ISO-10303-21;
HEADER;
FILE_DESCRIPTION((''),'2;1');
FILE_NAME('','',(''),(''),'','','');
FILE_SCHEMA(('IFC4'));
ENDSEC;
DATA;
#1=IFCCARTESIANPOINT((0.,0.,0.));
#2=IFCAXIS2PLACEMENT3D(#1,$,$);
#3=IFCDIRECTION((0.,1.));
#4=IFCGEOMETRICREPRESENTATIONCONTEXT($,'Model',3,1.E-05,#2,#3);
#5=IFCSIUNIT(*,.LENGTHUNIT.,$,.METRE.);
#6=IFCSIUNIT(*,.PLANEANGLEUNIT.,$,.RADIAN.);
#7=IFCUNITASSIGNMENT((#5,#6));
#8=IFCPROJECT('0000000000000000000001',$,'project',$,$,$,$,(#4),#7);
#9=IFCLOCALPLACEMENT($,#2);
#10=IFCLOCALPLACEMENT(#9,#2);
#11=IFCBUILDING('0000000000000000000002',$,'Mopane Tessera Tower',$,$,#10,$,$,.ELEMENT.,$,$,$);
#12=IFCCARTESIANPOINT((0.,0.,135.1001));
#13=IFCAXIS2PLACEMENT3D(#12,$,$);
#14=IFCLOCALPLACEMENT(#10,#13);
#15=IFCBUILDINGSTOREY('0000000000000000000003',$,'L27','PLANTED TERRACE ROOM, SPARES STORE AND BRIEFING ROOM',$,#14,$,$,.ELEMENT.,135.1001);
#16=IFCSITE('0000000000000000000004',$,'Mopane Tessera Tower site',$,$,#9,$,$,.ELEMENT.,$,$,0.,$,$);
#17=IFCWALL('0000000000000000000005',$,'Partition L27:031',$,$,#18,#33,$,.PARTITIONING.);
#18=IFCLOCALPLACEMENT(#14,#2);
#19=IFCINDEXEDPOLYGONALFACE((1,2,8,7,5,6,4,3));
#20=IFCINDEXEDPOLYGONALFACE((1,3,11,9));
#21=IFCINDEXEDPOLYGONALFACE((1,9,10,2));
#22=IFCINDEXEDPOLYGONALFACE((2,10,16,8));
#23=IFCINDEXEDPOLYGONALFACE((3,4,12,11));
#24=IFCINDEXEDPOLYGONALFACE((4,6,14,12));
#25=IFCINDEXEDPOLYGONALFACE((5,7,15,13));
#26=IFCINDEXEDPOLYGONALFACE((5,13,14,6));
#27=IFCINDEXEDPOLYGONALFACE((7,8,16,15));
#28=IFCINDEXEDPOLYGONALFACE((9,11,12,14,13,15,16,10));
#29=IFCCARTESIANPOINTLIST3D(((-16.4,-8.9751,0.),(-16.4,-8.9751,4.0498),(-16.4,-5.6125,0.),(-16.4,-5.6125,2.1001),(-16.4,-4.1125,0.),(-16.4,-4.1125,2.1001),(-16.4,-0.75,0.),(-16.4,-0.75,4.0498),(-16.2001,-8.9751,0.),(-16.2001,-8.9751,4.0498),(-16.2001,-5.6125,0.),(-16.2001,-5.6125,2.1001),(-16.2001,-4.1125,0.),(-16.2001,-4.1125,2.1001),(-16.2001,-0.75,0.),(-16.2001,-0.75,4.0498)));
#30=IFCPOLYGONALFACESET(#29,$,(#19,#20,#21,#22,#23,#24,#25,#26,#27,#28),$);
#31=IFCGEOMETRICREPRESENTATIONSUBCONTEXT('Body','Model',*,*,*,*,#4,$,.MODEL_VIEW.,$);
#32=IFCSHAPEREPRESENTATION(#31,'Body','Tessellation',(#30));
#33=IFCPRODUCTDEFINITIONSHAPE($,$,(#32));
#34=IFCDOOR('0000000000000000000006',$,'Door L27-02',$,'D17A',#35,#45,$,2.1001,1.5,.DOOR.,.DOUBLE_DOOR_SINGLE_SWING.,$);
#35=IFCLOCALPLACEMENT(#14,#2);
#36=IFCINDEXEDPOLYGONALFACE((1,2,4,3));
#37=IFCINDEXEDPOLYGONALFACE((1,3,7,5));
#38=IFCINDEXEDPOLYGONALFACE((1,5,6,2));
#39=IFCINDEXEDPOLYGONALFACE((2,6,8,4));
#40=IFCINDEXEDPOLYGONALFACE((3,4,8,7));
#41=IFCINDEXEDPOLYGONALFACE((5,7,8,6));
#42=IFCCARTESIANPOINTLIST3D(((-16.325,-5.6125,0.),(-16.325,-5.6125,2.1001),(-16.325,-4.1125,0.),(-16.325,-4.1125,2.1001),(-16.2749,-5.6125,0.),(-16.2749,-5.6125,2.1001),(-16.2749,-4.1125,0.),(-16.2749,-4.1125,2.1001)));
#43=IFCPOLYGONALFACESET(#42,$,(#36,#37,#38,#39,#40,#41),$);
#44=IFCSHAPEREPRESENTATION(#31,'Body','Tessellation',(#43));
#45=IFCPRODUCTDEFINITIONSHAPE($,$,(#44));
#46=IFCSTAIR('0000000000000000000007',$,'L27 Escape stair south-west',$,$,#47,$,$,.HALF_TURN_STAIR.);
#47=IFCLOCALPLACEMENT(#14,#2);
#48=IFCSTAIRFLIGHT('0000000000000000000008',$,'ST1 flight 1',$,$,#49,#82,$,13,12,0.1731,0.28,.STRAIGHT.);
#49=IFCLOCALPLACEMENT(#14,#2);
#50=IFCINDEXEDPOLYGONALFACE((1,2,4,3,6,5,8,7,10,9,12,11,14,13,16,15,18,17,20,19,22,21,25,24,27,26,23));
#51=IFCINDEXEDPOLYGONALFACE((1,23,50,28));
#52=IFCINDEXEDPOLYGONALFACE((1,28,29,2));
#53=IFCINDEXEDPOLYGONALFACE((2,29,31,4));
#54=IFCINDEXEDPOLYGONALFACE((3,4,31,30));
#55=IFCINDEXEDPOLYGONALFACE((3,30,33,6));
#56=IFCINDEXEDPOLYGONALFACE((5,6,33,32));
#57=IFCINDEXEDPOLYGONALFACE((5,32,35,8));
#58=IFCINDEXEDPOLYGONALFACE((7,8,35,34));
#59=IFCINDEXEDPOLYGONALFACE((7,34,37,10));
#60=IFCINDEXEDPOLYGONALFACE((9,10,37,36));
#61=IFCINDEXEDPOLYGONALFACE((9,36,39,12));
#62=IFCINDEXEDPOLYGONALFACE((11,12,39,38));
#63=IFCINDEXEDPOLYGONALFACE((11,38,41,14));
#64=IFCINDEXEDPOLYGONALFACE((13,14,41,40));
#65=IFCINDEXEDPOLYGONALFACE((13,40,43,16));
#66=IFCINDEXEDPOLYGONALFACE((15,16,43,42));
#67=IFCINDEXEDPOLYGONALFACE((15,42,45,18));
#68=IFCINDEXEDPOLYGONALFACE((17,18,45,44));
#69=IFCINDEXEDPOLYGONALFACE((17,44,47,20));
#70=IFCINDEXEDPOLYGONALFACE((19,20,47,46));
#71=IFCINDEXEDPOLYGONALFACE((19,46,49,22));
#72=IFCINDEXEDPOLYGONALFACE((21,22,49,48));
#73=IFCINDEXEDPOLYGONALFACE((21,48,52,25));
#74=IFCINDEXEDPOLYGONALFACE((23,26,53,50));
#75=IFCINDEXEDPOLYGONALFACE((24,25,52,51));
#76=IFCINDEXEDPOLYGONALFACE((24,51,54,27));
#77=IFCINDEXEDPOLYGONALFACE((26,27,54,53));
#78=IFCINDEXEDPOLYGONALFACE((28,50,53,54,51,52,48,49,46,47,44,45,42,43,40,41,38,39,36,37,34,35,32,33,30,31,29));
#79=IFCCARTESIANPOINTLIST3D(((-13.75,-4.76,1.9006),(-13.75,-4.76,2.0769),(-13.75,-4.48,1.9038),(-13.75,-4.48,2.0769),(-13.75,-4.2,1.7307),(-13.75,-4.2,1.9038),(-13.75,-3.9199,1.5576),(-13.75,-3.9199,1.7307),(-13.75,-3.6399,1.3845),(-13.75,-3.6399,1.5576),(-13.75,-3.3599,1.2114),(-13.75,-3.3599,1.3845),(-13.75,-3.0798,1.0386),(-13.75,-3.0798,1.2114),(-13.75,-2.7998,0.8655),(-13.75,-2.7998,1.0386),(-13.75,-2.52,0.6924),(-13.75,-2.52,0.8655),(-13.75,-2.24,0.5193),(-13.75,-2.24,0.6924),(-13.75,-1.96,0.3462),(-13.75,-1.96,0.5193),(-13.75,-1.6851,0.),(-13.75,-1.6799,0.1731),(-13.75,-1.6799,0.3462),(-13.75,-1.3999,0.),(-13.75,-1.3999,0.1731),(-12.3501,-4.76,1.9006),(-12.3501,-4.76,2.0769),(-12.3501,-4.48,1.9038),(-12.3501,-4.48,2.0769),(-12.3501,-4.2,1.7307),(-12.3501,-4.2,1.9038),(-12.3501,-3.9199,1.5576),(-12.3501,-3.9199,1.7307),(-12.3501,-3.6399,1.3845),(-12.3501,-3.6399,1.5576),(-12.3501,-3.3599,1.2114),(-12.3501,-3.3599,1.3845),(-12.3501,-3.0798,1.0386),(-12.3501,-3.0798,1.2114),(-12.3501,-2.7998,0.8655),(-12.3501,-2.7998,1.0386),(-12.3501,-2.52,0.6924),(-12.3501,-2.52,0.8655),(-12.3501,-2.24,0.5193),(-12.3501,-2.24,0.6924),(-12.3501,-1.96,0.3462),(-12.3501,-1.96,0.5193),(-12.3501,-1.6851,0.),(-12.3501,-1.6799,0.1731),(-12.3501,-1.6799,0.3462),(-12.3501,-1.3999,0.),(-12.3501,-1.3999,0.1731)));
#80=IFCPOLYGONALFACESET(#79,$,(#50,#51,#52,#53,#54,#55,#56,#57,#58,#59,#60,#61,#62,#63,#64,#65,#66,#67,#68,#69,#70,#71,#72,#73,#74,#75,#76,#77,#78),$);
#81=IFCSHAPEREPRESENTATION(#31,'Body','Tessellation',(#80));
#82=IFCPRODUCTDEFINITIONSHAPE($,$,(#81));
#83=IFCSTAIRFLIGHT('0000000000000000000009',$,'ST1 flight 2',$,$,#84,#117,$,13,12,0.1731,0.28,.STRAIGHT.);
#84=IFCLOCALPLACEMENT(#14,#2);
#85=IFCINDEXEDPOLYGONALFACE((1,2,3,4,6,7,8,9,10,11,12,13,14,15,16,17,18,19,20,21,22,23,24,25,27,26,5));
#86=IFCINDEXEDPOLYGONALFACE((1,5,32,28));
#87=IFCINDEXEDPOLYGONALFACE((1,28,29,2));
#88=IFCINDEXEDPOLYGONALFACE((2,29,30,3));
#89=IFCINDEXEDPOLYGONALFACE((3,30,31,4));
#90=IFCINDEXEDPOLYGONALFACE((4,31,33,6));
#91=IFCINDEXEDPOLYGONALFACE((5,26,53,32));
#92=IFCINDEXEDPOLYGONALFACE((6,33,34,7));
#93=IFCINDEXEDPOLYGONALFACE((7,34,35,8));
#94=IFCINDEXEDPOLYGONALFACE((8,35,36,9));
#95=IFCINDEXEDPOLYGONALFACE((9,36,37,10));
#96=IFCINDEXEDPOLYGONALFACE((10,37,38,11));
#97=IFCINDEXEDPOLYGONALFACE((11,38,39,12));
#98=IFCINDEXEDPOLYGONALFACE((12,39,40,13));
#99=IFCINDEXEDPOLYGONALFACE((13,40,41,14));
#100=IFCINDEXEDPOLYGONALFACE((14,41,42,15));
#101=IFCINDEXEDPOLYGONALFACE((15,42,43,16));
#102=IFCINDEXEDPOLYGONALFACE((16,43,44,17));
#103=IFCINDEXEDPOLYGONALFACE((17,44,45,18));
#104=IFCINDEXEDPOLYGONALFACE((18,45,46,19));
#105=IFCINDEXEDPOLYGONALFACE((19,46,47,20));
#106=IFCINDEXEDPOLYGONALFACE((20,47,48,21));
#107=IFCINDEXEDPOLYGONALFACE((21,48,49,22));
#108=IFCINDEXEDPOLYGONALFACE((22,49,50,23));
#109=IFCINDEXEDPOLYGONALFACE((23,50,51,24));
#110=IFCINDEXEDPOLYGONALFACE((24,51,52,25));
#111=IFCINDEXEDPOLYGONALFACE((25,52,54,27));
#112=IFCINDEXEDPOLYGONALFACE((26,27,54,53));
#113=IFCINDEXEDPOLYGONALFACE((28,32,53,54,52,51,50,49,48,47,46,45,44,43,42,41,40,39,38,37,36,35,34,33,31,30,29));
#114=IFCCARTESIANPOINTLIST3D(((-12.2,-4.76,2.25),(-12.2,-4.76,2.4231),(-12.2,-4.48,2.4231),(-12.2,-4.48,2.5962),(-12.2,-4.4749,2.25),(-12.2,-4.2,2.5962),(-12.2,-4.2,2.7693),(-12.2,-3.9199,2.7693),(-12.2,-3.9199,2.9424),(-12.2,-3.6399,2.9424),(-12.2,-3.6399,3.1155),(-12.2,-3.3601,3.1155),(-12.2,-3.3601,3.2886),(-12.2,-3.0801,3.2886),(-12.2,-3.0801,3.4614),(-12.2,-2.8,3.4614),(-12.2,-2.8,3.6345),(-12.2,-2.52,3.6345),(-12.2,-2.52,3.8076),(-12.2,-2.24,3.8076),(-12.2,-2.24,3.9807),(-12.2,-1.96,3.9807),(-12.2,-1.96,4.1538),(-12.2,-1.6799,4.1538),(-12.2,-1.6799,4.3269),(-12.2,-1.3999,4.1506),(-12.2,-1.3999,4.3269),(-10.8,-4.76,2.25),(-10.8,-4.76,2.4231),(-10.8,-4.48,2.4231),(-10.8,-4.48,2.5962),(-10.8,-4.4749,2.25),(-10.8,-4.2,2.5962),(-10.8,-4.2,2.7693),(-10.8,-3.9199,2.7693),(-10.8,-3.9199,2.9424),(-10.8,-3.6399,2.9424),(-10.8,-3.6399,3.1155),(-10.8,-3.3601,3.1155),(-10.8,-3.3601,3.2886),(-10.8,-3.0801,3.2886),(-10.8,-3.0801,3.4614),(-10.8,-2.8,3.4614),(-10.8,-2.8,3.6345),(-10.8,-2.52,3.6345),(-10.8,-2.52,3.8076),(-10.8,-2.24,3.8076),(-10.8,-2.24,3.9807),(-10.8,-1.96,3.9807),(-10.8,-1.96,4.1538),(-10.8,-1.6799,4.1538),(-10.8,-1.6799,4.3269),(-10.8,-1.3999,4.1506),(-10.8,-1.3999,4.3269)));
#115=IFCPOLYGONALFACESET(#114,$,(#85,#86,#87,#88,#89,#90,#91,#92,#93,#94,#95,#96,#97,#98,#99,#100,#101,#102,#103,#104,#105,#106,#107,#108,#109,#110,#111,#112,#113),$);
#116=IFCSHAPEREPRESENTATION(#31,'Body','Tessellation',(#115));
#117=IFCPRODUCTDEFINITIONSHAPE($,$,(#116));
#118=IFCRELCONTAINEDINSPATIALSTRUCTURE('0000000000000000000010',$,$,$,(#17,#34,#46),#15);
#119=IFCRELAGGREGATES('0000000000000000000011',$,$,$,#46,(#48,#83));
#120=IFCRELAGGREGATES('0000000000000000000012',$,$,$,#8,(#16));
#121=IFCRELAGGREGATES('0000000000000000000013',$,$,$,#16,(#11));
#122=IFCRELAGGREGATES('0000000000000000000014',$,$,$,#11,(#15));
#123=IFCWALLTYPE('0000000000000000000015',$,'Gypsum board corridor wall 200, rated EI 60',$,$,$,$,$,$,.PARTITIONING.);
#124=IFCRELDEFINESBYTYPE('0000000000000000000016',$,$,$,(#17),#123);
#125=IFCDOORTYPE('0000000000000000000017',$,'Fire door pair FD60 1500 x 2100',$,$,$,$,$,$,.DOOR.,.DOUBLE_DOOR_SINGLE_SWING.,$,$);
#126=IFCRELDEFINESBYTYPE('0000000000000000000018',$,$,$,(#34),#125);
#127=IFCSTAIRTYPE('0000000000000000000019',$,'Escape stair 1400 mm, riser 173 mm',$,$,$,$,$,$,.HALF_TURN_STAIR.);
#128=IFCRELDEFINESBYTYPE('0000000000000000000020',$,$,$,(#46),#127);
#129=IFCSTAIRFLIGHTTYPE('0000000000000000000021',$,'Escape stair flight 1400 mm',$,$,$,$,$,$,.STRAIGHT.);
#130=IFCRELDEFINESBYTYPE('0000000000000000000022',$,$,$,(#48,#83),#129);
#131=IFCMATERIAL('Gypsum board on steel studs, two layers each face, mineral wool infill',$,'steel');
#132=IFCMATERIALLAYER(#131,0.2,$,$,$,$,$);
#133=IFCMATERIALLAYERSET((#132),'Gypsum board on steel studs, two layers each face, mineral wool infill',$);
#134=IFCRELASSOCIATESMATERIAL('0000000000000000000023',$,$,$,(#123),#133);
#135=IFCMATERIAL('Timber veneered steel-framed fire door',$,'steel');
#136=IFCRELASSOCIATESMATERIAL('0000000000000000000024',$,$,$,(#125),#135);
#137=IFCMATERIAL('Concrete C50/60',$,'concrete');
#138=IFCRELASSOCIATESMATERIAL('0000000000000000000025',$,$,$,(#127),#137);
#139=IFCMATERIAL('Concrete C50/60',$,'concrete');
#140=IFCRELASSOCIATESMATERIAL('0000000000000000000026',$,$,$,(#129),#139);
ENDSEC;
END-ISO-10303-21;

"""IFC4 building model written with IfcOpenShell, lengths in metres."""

from ifc_helpers import new_model, si_unit, direction, frame, frame_2d, origin, place, context, subcontext, project, spatial, polyline, rectangle, outline, extrude, material, layer, layer_set, type_object, element, fill, aggregate, save


model = new_model("IFC4")

# Units and contexts
model_context = context("Model", 3, precision=1e-05, world=origin(), true_north=direction((0.0, 1.0)))
body_context = subcontext(model_context, "Body", "Model", "MODEL_VIEW")
ifc_project = project(units=[si_unit("LENGTHUNIT", "METRE"), si_unit("PLANEANGLEUNIT", "RADIAN")], contexts=[model_context])

# Site, building, storey
site_placement = place(None, origin())
site = spatial("IfcSite", under=ifc_project, at=site_placement, Name="Mopane Tessera Tower site", CompositionType="ELEMENT", RefElevation=0.0)
building_placement = place(site_placement, origin())
building = spatial("IfcBuilding", under=site, at=building_placement, Name="Mopane Tessera Tower", CompositionType="ELEMENT")
storey_placement = place(building_placement, frame((0.0, 0.0, 135.1001)))
storey = spatial("IfcBuildingStorey", under=building, at=storey_placement, Name="L27", Description="PLANTED TERRACE ROOM, SPARES STORE AND BRIEFING ROOM", CompositionType="ELEMENT", Elevation=135.1001)

# Wall, opening, door
ifc_material_1 = material(Name="Gypsum board on steel studs, two layers each face, mineral wool infill", Category="steel")
ifc_layer_1 = layer(ifc_material_1, 0.2)
ifc_layer_set_1 = layer_set([ifc_layer_1], Name="Gypsum board on steel studs, two layers each face, mineral wool infill")
wall_type_1 = type_object("IfcWallType", Name="Gypsum board corridor wall 200, rated EI 60", PredefinedType="PARTITIONING", material=ifc_layer_set_1)
wall_1_placement = place(storey_placement, frame((-16.3, -8.9751, 0.0), z_axis=(0.0, 0.0, 1.0), x_axis=(0.0, 1.0, 0.0)))
wall_1 = element("IfcWall", 1, at=wall_1_placement, inside=storey, type_object=wall_type_1, Name="Partition L27:031", PredefinedType="PARTITIONING", context=body_context, shape_type="SweptSolid", body=[
    extrude(rectangle(XDim=8.2251, YDim=0.2, at=frame_2d((4.1125, 0.0))), origin(), (0.0, 0.0, 1.0), 4.0498),
])
opening_1_placement = place(wall_1_placement, frame((3.3625, 0.0, 0.0)))
opening_1 = element("IfcOpeningElement", 2, at=opening_1_placement, cuts=wall_1, PredefinedType="OPENING", context=body_context, shape_type="SweptSolid", body=[
    extrude(rectangle(XDim=1.5, YDim=2.1001, at=frame_2d((0.75, 1.05))), frame((0.0, 0.1121, 0.0), z_axis=(0.0, -1.0, 0.0), x_axis=(1.0, 0.0, 0.0)), (0.0, 0.0, 1.0), 0.2239),
])
ifc_material_2 = material(Name="Timber veneered steel-framed fire door", Category="steel")
door_type_1 = type_object("IfcDoorType", Name="Fire door pair FD60 1500 x 2100", OperationType="DOUBLE_DOOR_SINGLE_SWING", PredefinedType="DOOR", material=ifc_material_2)
door_1_placement = place(opening_1_placement, origin())
door_1 = element("IfcDoor", 3, at=door_1_placement, inside=storey, type_object=door_type_1, Name="Door L27-02", ObjectType="D17A", OperationType="DOUBLE_DOOR_SINGLE_SWING", OverallHeight=2.1001, OverallWidth=1.5, PredefinedType="DOOR", context=body_context, shape_type="SweptSolid", body=[
    extrude(rectangle(XDim=1.5, YDim=2.1001, at=frame_2d((0.75, 1.05))), frame((0.0, 0.0249, 0.0), z_axis=(0.0, -1.0, 0.0), x_axis=(1.0, 0.0, 0.0)), (0.0, 0.0, 1.0), 0.05),
])
fill(opening_1, door_1)

# Stair, stair flights
ifc_material_3 = material(Name="Concrete C50/60", Category="concrete")
stair_type = type_object("IfcStairType", Name="Escape stair 1400 mm, riser 173 mm", PredefinedType="HALF_TURN_STAIR", material=ifc_material_3)
stair_placement = place(storey_placement, origin())
stair = element("IfcStair", 4, at=stair_placement, inside=storey, type_object=stair_type, Name="L27 Escape stair south-west", PredefinedType="HALF_TURN_STAIR")
ifc_material_4 = material(Name="Concrete C50/60", Category="concrete")
stair_flight_type = type_object("IfcStairFlightType", Name="Escape stair flight 1400 mm", PredefinedType="STRAIGHT", material=ifc_material_4)
stair_flight_1_placement = place(storey_placement, frame((-13.05, -1.3999, 0.0), z_axis=(0.0, 0.0, 1.0), x_axis=(0.0, -1.0, 0.0)))
stair_flight_1 = element("IfcStairFlight", 5, at=stair_flight_1_placement, type_object=stair_flight_type, Name="ST1 flight 1", NumberOfRisers=13, NumberOfTreads=12, PredefinedType="STRAIGHT", RiserHeight=0.1731, TreadLength=0.28, context=body_context, shape_type="SweptSolid", body=[
    extrude(outline(polyline([(0.0, 0.0), (0.0, 0.1731), (0.28, 0.1731), (0.28, 0.3462), (0.5601, 0.3462), (0.5601, 0.5193), (0.8401, 0.5193), (0.8401, 0.6924), (1.1201, 0.6924), (1.1201, 0.8655), (1.3999, 0.8655), (1.3999, 1.0386), (1.6799, 1.0386), (1.6799, 1.2114), (1.96, 1.2114), (1.96, 1.3845), (2.24, 1.3845), (2.24, 1.5576), (2.52, 1.5576), (2.52, 1.7307), (2.8, 1.7307), (2.8, 1.9038), (3.0801, 1.9038), (3.0801, 2.0769), (3.3601, 2.0769), (3.3601, 2.25), (3.3601, 1.9006), (0.2852, 0.0), (0.0, 0.0)])), frame((0.0, 0.7, 0.0), z_axis=(0.0, -1.0, 0.0), x_axis=(1.0, 0.0, 0.0)), (0.0, 0.0, 1.0), 1.3999),
])
stair_flight_2_placement = place(storey_placement, frame((-11.5, -4.76, 2.25), z_axis=(0.0, 0.0, 1.0), x_axis=(0.0, 1.0, 0.0)))
stair_flight_2 = element("IfcStairFlight", 6, at=stair_flight_2_placement, type_object=stair_flight_type, Name="ST1 flight 2", NumberOfRisers=13, NumberOfTreads=12, PredefinedType="STRAIGHT", RiserHeight=0.1731, TreadLength=0.28, context=body_context, shape_type="SweptSolid", body=[
    extrude(outline(polyline([(0.0, 0.0), (0.0, 0.1731), (0.28, 0.1731), (0.28, 0.3462), (0.5601, 0.3462), (0.5601, 0.5193), (0.8401, 0.5193), (0.8401, 0.6924), (1.1201, 0.6924), (1.1201, 0.8655), (1.3999, 0.8655), (1.3999, 1.0386), (1.6799, 1.0386), (1.6799, 1.2114), (1.96, 1.2114), (1.96, 1.3845), (2.24, 1.3845), (2.24, 1.5576), (2.52, 1.5576), (2.52, 1.7307), (2.8, 1.7307), (2.8, 1.9038), (3.0801, 1.9038), (3.0801, 2.0769), (3.3601, 2.0769), (3.3601, 2.25), (3.3601, 1.9006), (0.2852, 0.0), (0.0, 0.0)])), frame((0.0, 0.7, 0.0), z_axis=(0.0, -1.0, 0.0), x_axis=(1.0, 0.0, 0.0)), (0.0, 0.0, 1.0), 1.3999),
])
aggregate(stair, [stair_flight_1, stair_flight_2])

save(model, "model.ifc")
